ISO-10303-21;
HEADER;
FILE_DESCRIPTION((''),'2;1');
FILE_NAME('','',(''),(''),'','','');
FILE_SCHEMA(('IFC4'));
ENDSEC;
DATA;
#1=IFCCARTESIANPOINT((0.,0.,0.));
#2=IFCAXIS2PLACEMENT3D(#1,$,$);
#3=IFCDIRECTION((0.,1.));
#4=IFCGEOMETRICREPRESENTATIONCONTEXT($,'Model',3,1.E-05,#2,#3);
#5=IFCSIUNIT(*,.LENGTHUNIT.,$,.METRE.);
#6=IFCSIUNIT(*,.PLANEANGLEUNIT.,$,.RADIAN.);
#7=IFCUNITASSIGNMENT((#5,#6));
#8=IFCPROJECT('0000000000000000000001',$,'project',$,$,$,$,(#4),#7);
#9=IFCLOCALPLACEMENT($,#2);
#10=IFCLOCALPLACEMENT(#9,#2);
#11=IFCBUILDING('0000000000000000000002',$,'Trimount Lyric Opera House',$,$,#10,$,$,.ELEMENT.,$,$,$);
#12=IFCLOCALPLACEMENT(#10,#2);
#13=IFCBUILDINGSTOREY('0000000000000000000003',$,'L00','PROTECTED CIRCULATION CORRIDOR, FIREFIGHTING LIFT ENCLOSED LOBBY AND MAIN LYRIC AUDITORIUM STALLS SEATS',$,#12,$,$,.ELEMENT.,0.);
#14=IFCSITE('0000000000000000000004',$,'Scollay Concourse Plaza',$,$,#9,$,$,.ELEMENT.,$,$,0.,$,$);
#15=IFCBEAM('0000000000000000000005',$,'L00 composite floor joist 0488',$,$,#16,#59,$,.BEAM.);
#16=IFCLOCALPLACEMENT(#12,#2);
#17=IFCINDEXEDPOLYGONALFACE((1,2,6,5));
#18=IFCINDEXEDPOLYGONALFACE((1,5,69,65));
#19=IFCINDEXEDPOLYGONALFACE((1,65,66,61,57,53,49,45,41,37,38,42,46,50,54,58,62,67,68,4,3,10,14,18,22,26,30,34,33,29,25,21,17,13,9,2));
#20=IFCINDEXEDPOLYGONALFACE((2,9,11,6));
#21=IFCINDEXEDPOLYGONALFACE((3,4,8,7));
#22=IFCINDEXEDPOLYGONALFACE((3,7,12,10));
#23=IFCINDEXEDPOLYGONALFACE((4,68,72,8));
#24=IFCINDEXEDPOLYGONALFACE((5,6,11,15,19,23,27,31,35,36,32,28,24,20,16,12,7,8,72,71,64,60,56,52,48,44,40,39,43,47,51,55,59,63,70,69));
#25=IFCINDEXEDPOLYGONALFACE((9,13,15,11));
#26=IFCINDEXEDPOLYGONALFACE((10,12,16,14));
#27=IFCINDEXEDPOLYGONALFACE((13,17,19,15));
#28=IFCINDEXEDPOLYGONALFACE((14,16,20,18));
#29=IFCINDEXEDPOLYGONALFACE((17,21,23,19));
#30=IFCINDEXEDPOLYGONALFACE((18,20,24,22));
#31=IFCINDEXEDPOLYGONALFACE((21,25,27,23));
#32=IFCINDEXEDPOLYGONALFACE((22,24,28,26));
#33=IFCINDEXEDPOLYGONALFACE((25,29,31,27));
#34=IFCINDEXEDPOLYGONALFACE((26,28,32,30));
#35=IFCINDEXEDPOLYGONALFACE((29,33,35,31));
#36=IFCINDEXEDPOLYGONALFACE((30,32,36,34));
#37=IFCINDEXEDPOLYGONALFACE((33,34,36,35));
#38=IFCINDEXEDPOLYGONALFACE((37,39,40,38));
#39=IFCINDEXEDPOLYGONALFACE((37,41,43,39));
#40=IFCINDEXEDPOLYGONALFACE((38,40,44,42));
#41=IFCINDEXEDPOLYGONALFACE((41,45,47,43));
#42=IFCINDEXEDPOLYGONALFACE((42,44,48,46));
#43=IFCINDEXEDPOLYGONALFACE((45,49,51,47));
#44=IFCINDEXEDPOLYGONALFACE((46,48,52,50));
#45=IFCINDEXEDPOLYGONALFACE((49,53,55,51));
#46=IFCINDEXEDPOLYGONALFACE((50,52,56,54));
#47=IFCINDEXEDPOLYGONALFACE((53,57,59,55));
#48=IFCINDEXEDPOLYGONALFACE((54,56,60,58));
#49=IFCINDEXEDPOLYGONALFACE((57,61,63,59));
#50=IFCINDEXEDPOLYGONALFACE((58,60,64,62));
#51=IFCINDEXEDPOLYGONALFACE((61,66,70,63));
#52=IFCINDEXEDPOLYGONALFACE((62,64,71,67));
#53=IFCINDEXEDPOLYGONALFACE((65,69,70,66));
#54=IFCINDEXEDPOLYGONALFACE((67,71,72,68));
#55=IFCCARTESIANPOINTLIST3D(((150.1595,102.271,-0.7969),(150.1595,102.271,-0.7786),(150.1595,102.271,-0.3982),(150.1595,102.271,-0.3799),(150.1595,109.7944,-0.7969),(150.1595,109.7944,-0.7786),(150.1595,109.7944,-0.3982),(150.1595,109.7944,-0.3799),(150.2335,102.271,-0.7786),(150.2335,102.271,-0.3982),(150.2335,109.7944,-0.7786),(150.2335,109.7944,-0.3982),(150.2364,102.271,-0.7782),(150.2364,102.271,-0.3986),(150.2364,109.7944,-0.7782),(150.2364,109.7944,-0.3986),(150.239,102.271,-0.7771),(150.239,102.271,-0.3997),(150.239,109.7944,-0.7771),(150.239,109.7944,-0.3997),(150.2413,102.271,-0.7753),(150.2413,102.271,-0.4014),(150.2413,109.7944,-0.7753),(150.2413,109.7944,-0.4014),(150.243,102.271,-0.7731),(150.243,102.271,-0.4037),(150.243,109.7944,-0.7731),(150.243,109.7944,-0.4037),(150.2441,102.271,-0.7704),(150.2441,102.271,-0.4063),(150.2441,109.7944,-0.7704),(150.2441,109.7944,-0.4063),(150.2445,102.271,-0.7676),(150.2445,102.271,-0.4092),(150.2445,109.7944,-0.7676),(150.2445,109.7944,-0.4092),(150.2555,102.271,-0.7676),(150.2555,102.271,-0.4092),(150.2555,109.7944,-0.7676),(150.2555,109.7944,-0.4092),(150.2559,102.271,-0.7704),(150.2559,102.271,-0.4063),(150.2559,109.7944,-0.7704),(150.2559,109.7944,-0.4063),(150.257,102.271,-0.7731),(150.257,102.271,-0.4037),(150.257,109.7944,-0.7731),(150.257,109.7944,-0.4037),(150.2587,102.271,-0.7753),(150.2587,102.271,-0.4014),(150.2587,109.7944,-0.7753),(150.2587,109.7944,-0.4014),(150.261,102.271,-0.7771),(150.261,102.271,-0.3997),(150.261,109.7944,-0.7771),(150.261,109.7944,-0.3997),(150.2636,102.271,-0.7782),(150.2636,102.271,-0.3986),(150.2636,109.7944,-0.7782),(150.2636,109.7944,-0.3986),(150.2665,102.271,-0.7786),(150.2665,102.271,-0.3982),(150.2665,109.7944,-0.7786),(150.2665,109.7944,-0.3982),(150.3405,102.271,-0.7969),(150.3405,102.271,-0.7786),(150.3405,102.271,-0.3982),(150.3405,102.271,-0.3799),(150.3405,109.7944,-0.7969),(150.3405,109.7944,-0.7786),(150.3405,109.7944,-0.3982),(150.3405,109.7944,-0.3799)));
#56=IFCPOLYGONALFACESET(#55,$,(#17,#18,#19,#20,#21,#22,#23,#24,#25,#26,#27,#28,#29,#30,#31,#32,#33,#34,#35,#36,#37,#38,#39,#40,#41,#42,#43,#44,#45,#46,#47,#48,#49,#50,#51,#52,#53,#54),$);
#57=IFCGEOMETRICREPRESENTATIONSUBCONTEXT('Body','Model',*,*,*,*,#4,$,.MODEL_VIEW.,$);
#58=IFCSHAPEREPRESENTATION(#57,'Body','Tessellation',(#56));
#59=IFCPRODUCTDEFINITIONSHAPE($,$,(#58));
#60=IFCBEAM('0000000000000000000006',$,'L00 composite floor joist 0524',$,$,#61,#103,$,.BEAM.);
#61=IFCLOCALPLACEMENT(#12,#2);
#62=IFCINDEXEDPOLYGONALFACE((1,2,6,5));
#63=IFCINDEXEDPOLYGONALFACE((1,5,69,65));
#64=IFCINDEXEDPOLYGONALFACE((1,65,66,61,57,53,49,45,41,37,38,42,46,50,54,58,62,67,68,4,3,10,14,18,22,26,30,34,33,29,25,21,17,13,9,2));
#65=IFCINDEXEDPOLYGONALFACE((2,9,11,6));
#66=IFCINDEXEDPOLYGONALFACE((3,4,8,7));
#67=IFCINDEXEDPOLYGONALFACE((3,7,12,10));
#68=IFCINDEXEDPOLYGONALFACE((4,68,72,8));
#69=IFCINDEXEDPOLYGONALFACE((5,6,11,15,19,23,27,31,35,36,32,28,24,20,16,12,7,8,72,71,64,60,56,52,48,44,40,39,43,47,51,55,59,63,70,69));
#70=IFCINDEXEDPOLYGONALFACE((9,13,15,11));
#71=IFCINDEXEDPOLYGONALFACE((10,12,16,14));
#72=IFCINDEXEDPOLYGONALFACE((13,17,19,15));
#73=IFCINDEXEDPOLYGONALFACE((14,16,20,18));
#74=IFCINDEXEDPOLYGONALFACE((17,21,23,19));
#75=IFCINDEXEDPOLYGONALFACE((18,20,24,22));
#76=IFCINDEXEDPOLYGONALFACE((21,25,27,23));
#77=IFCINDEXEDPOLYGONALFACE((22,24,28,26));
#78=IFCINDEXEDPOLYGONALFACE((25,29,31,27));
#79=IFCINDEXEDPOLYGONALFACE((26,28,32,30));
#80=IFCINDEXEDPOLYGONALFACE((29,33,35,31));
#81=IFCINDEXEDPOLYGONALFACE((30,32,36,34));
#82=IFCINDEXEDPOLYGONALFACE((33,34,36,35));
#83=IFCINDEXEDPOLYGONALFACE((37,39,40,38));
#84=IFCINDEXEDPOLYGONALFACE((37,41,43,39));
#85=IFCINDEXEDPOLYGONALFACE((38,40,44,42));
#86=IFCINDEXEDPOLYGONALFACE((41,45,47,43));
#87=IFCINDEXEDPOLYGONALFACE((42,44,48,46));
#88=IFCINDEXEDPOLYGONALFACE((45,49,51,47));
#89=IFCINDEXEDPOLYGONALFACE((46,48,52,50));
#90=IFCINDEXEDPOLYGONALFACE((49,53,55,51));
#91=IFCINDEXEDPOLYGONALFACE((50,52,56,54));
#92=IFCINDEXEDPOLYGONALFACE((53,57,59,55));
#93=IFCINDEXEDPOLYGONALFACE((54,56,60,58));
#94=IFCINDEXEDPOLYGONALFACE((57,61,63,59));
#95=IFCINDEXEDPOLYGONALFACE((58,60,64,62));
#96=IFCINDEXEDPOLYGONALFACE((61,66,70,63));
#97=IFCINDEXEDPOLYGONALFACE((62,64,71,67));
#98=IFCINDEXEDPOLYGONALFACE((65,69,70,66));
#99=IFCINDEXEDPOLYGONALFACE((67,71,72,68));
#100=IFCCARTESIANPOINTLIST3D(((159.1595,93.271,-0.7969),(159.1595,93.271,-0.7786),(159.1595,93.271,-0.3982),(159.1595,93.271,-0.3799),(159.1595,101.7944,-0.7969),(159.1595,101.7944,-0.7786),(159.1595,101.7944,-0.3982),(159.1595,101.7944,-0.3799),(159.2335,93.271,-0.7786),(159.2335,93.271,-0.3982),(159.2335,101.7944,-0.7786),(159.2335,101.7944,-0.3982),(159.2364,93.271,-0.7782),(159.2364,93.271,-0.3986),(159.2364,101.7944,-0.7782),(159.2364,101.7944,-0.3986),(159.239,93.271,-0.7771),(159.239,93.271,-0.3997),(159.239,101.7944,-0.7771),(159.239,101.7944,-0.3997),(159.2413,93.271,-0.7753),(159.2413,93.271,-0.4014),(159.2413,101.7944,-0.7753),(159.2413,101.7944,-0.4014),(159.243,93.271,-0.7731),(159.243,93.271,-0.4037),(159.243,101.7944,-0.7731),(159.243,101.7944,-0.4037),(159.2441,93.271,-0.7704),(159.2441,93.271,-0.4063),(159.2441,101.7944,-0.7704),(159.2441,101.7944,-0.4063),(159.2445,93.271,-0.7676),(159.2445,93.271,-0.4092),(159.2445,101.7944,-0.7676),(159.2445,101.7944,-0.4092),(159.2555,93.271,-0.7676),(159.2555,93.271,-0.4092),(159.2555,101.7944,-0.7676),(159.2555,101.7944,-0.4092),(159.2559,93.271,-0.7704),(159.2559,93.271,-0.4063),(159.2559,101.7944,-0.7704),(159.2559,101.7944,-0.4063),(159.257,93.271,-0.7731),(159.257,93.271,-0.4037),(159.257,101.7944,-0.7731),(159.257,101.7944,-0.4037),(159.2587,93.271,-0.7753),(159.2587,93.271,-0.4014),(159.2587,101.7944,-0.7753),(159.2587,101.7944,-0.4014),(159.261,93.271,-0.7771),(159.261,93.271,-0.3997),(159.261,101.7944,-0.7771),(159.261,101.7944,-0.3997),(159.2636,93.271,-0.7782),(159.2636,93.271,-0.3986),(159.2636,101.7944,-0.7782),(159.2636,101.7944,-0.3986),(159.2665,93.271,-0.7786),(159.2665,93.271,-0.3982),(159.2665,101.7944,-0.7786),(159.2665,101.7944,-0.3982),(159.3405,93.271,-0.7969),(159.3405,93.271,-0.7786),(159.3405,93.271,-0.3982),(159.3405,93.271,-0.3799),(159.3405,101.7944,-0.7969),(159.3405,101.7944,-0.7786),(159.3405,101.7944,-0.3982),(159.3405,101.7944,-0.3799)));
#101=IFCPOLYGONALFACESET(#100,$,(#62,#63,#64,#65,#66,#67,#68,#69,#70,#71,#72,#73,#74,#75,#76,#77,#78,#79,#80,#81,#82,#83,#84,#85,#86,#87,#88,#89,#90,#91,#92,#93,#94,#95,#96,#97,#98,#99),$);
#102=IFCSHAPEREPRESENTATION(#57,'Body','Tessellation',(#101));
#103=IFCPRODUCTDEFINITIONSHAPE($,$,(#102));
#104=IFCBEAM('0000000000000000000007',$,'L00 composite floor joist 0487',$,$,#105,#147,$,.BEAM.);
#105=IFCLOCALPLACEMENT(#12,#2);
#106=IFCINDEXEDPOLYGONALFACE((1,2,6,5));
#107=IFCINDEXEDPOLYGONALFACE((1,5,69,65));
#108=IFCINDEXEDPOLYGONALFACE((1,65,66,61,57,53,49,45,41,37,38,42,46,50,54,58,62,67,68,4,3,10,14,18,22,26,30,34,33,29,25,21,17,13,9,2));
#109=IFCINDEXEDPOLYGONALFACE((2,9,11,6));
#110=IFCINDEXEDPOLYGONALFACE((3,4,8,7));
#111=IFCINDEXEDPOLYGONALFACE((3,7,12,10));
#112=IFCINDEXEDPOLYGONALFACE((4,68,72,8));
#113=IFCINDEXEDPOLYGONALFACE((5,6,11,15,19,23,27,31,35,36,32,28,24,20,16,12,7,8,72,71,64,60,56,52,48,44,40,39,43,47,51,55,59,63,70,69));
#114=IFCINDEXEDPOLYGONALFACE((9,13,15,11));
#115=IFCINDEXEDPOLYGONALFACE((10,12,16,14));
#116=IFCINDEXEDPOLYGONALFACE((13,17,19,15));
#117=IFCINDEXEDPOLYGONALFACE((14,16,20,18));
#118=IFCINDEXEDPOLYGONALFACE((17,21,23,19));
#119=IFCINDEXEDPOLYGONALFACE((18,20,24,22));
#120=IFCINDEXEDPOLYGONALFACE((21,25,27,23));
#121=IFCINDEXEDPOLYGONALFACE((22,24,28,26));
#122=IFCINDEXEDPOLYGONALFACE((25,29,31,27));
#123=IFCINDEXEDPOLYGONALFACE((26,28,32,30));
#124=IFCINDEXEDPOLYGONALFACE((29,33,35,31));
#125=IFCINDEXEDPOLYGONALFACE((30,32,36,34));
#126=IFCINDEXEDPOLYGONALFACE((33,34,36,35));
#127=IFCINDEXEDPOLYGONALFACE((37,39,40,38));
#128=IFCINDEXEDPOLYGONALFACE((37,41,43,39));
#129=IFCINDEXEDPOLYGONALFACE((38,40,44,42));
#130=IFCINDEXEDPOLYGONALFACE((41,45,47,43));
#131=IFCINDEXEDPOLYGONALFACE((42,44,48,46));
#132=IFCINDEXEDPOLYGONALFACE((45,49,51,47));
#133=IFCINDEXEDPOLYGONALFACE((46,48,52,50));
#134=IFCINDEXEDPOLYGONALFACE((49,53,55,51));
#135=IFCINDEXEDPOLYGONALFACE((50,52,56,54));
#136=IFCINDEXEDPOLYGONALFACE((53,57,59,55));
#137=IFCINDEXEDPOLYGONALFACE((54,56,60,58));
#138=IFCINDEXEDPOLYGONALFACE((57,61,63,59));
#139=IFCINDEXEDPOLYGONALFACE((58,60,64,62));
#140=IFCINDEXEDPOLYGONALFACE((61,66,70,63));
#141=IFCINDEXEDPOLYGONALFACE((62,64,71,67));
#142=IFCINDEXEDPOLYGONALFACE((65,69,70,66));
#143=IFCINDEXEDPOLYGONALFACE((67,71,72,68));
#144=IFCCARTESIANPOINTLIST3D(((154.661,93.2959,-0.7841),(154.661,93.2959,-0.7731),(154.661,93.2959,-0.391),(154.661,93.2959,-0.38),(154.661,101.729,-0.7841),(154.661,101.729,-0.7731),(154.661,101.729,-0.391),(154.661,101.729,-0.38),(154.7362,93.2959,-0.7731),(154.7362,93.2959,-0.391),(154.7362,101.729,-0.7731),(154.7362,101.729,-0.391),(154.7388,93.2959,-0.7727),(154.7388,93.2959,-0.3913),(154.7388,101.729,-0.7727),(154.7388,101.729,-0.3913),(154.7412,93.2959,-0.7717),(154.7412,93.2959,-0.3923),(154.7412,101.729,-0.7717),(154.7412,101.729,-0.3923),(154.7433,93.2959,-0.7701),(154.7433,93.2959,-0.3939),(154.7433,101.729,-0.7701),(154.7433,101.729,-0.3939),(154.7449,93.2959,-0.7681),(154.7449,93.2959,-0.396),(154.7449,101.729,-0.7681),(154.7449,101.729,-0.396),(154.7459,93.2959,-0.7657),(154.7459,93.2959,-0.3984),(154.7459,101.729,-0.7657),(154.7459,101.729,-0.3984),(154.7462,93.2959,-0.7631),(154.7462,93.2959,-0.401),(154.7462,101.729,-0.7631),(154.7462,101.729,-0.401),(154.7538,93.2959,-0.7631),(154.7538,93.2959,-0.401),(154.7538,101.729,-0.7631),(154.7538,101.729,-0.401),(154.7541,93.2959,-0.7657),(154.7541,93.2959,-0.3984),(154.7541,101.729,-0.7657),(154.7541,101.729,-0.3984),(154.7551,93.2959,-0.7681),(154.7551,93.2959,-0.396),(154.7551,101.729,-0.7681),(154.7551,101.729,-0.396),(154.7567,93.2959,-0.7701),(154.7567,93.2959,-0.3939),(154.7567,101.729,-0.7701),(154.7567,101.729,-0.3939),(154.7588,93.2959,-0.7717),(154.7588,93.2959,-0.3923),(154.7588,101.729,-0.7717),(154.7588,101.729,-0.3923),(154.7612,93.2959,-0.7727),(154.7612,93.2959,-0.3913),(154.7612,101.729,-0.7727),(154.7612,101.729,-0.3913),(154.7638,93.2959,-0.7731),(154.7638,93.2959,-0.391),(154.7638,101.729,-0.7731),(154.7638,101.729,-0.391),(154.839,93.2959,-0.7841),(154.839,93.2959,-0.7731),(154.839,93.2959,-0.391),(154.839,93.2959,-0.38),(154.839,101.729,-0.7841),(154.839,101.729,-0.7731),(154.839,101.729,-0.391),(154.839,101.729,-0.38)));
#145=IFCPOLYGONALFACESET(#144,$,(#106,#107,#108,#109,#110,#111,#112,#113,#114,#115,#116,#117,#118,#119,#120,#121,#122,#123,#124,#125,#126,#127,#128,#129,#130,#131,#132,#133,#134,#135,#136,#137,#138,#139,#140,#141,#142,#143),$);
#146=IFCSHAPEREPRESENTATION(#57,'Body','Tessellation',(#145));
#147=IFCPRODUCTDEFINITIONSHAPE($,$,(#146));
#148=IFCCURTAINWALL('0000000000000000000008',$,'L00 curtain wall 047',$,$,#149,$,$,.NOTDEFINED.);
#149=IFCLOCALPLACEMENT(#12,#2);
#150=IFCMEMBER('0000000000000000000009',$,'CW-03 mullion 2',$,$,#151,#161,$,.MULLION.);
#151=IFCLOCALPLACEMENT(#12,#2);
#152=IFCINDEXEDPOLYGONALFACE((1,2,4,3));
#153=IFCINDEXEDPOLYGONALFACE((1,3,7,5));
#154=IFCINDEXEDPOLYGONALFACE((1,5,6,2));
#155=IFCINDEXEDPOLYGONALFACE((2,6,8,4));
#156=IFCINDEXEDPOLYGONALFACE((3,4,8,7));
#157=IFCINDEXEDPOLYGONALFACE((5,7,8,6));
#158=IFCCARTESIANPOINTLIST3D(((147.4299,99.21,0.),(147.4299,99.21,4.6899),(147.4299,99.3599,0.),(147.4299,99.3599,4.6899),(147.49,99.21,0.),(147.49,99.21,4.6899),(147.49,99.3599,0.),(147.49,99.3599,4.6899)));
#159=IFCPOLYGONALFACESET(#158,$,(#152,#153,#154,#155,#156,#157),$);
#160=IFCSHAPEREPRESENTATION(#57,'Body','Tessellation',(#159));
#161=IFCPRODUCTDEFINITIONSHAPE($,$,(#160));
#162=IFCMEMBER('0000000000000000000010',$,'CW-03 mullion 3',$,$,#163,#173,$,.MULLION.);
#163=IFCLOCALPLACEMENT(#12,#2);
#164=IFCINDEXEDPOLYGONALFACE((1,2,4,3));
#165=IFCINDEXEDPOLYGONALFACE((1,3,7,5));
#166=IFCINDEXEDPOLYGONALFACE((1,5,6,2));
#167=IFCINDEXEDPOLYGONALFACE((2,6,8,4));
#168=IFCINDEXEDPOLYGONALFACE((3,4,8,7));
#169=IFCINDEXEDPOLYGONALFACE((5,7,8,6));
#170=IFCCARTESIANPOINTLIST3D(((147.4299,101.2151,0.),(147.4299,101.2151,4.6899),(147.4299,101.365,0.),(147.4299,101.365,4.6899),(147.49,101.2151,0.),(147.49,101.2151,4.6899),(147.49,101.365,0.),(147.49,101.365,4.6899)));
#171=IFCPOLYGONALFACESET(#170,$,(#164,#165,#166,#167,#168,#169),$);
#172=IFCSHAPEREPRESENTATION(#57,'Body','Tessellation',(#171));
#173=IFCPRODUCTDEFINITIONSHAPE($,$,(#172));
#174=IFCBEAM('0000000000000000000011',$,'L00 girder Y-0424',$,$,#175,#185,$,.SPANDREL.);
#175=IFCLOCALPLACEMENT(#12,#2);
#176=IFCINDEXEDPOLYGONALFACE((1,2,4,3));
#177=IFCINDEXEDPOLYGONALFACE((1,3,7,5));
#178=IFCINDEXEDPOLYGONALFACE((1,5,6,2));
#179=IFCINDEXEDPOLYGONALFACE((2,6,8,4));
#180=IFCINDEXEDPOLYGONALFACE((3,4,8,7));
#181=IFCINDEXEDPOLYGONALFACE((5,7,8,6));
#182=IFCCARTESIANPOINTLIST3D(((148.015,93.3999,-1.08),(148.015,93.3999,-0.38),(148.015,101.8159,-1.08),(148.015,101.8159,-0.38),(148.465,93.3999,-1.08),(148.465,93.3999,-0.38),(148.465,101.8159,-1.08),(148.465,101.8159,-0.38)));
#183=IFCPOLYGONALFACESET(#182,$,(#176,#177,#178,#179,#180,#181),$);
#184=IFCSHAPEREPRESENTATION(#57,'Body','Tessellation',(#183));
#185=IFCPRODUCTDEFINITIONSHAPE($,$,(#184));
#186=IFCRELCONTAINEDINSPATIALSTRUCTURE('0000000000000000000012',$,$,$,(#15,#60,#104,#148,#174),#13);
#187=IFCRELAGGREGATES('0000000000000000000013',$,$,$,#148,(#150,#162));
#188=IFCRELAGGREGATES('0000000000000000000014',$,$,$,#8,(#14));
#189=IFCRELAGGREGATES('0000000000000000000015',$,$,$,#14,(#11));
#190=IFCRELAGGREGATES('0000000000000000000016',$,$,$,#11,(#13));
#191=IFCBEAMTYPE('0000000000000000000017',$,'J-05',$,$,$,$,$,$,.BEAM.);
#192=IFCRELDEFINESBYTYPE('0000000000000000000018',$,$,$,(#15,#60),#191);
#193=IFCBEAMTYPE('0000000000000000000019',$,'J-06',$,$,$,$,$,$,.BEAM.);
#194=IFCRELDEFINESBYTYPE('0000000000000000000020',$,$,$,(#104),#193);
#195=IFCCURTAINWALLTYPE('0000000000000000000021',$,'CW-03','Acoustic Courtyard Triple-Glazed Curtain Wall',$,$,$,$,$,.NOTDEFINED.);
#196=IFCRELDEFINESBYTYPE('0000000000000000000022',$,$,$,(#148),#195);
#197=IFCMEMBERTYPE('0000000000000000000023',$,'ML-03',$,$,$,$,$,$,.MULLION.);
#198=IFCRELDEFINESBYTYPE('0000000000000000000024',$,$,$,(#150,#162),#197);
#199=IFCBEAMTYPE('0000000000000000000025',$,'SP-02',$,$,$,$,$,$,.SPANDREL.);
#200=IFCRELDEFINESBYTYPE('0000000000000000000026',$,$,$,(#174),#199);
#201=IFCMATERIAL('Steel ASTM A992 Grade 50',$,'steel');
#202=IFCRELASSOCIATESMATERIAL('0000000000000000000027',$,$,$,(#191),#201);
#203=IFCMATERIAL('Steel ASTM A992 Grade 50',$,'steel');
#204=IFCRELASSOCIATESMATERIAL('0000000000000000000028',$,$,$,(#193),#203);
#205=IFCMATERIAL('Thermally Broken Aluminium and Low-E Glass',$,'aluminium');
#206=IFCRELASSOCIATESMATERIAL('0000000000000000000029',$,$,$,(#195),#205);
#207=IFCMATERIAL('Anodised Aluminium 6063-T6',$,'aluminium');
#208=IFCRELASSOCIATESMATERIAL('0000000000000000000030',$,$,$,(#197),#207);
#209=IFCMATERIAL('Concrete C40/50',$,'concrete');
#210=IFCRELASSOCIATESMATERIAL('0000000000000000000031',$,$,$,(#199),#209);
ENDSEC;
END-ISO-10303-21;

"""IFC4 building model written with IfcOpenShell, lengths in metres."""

from ifc_helpers import new_model, si_unit, direction, frame, origin, origin_2d, place, context, subcontext, project, spatial, rectangle, i_section, extrude, material, material_profile, profile_set, type_object, element, aggregate, save


model = new_model("IFC4")

# Units and contexts
model_context = context("Model", 3, precision=1e-05, world=origin(), true_north=direction((0.0, 1.0)))
body_context = subcontext(model_context, "Body", "Model", "MODEL_VIEW")
ifc_project = project(units=[si_unit("LENGTHUNIT", "METRE"), si_unit("PLANEANGLEUNIT", "RADIAN")], contexts=[model_context])

# Site, building, storey
site_placement = place(None, origin())
site = spatial("IfcSite", under=ifc_project, at=site_placement, Name="Scollay Concourse Plaza", CompositionType="ELEMENT", RefElevation=0.0)
building_placement = place(site_placement, origin())
building = spatial("IfcBuilding", under=site, at=building_placement, Name="Trimount Lyric Opera House", CompositionType="ELEMENT")
storey_placement = place(building_placement, origin())
storey = spatial("IfcBuildingStorey", under=building, at=storey_placement, Name="L00", Description="PROTECTED CIRCULATION CORRIDOR, FIREFIGHTING LIFT ENCLOSED LOBBY AND MAIN LYRIC AUDITORIUM STALLS SEATS", CompositionType="ELEMENT", Elevation=0.0)

# Beams
ifc_material_1 = material(Name="Steel ASTM A992 Grade 50", Category="steel")
ifc_material_profile_1 = material_profile(ifc_material_1, i_section(OverallWidth=0.1809, OverallDepth=0.417, WebThickness=0.011, FlangeThickness=0.0183, FilletRadius=0.011, at=origin_2d()), Name="W16X57")
ifc_profile_set_1 = profile_set([ifc_material_profile_1], Name="Steel ASTM A992 Grade 50")
beam_type_1 = type_object("IfcBeamType", Name="J-05", PredefinedType="BEAM", material=ifc_profile_set_1)
beam_1_placement = place(storey_placement, frame((150.25, 102.271, -0.5884), z_axis=(0.0, 1.0, 0.0), x_axis=(-1.0, 0.0, 0.0)))
element("IfcBeam", 1, at=beam_1_placement, inside=storey, type_object=beam_type_1, Name="L00 composite floor joist 0488", PredefinedType="BEAM", context=body_context, shape_type="SweptSolid", body=[
    extrude(i_section(OverallWidth=0.1809, OverallDepth=0.417, WebThickness=0.011, FlangeThickness=0.0183, FilletRadius=0.011, at=origin_2d()), origin(), (0.0, 0.0, 1.0), 7.5234),
])
beam_2_placement = place(storey_placement, frame((159.25, 93.271, -0.5884), z_axis=(0.0, 1.0, 0.0), x_axis=(-1.0, 0.0, 0.0)))
element("IfcBeam", 2, at=beam_2_placement, inside=storey, type_object=beam_type_1, Name="L00 composite floor joist 0524", PredefinedType="BEAM", context=body_context, shape_type="SweptSolid", body=[
    extrude(i_section(OverallWidth=0.1809, OverallDepth=0.417, WebThickness=0.011, FlangeThickness=0.0183, FilletRadius=0.011, at=origin_2d()), origin(), (0.0, 0.0, 1.0), 8.5234),
])
ifc_material_2 = material(Name="Steel ASTM A992 Grade 50", Category="steel")
ifc_material_profile_2 = material_profile(ifc_material_2, i_section(OverallWidth=0.178, OverallDepth=0.4041, WebThickness=0.0076, FlangeThickness=0.011, FilletRadius=0.01, at=origin_2d()), Name="W16X36")
ifc_profile_set_2 = profile_set([ifc_material_profile_2], Name="Steel ASTM A992 Grade 50")
beam_type_2 = type_object("IfcBeamType", Name="J-06", PredefinedType="BEAM", material=ifc_profile_set_2)
beam_3_placement = place(storey_placement, frame((154.75, 93.2959, -0.582), z_axis=(0.0, 1.0, 0.0), x_axis=(-1.0, 0.0, 0.0)))
element("IfcBeam", 3, at=beam_3_placement, inside=storey, type_object=beam_type_2, Name="L00 composite floor joist 0487", PredefinedType="BEAM", context=body_context, shape_type="SweptSolid", body=[
    extrude(i_section(OverallWidth=0.178, OverallDepth=0.4041, WebThickness=0.0076, FlangeThickness=0.011, FilletRadius=0.01, at=origin_2d()), origin(), (0.0, 0.0, 1.0), 8.4331),
])

# Curtain wall, members
ifc_material_3 = material(Name="Thermally Broken Aluminium and Low-E Glass", Category="aluminium")
curtain_wall_type = type_object("IfcCurtainWallType", Name="CW-03", Description="Acoustic Courtyard Triple-Glazed Curtain Wall", PredefinedType="NOTDEFINED", material=ifc_material_3)
curtain_wall_placement = place(storey_placement, origin())
curtain_wall = element("IfcCurtainWall", 4, at=curtain_wall_placement, inside=storey, type_object=curtain_wall_type, Name="L00 curtain wall 047", PredefinedType="NOTDEFINED")
ifc_material_4 = material(Name="Anodised Aluminium 6063-T6", Category="aluminium")
ifc_material_profile_3 = material_profile(ifc_material_4, rectangle(XDim=0.0601, YDim=0.1499, at=origin_2d()), Name="ALU-MULL-60X150")
ifc_profile_set_3 = profile_set([ifc_material_profile_3], Name="Anodised Aluminium 6063-T6")
member_type_1 = type_object("IfcMemberType", Name="ML-03", PredefinedType="MULLION", material=ifc_profile_set_3)
member_1_placement = place(storey_placement, frame((147.46, 99.2849, 0.0), z_axis=(0.0, 0.0, 1.0), x_axis=(-1.0, 0.0, 0.0)))
member_1 = element("IfcMember", 5, at=member_1_placement, type_object=member_type_1, Name="CW-03 mullion 2", PredefinedType="MULLION", context=body_context, shape_type="SweptSolid", body=[
    extrude(rectangle(XDim=0.0601, YDim=0.1499, at=origin_2d()), origin(), (0.0, 0.0, 1.0), 4.6899),
])
member_2_placement = place(storey_placement, frame((147.46, 101.29, 0.0), z_axis=(0.0, 0.0, 1.0), x_axis=(-1.0, 0.0, 0.0)))
member_2 = element("IfcMember", 6, at=member_2_placement, type_object=member_type_1, Name="CW-03 mullion 3", PredefinedType="MULLION", context=body_context, shape_type="SweptSolid", body=[
    extrude(rectangle(XDim=0.0601, YDim=0.1499, at=origin_2d()), origin(), (0.0, 0.0, 1.0), 4.6899),
])

# Beam
ifc_material_5 = material(Name="Concrete C40/50", Category="concrete")
ifc_material_profile_4 = material_profile(ifc_material_5, rectangle(XDim=0.45, YDim=0.7, at=origin_2d()), Name="RC450X700")
ifc_profile_set_4 = profile_set([ifc_material_profile_4], Name="Concrete C40/50")
beam_type_3 = type_object("IfcBeamType", Name="SP-02", PredefinedType="SPANDREL", material=ifc_profile_set_4)
beam_4_placement = place(storey_placement, frame((148.24, 93.3999, -0.73), z_axis=(0.0, 1.0, 0.0), x_axis=(-1.0, 0.0, 0.0)))
element("IfcBeam", 7, at=beam_4_placement, inside=storey, type_object=beam_type_3, Name="L00 girder Y-0424", PredefinedType="SPANDREL", context=body_context, shape_type="SweptSolid", body=[
    extrude(rectangle(XDim=0.45, YDim=0.7, at=origin_2d()), origin(), (0.0, 0.0, 1.0), 8.416),
])

aggregate(curtain_wall, [member_1, member_2])

save(model, "model.ifc")
